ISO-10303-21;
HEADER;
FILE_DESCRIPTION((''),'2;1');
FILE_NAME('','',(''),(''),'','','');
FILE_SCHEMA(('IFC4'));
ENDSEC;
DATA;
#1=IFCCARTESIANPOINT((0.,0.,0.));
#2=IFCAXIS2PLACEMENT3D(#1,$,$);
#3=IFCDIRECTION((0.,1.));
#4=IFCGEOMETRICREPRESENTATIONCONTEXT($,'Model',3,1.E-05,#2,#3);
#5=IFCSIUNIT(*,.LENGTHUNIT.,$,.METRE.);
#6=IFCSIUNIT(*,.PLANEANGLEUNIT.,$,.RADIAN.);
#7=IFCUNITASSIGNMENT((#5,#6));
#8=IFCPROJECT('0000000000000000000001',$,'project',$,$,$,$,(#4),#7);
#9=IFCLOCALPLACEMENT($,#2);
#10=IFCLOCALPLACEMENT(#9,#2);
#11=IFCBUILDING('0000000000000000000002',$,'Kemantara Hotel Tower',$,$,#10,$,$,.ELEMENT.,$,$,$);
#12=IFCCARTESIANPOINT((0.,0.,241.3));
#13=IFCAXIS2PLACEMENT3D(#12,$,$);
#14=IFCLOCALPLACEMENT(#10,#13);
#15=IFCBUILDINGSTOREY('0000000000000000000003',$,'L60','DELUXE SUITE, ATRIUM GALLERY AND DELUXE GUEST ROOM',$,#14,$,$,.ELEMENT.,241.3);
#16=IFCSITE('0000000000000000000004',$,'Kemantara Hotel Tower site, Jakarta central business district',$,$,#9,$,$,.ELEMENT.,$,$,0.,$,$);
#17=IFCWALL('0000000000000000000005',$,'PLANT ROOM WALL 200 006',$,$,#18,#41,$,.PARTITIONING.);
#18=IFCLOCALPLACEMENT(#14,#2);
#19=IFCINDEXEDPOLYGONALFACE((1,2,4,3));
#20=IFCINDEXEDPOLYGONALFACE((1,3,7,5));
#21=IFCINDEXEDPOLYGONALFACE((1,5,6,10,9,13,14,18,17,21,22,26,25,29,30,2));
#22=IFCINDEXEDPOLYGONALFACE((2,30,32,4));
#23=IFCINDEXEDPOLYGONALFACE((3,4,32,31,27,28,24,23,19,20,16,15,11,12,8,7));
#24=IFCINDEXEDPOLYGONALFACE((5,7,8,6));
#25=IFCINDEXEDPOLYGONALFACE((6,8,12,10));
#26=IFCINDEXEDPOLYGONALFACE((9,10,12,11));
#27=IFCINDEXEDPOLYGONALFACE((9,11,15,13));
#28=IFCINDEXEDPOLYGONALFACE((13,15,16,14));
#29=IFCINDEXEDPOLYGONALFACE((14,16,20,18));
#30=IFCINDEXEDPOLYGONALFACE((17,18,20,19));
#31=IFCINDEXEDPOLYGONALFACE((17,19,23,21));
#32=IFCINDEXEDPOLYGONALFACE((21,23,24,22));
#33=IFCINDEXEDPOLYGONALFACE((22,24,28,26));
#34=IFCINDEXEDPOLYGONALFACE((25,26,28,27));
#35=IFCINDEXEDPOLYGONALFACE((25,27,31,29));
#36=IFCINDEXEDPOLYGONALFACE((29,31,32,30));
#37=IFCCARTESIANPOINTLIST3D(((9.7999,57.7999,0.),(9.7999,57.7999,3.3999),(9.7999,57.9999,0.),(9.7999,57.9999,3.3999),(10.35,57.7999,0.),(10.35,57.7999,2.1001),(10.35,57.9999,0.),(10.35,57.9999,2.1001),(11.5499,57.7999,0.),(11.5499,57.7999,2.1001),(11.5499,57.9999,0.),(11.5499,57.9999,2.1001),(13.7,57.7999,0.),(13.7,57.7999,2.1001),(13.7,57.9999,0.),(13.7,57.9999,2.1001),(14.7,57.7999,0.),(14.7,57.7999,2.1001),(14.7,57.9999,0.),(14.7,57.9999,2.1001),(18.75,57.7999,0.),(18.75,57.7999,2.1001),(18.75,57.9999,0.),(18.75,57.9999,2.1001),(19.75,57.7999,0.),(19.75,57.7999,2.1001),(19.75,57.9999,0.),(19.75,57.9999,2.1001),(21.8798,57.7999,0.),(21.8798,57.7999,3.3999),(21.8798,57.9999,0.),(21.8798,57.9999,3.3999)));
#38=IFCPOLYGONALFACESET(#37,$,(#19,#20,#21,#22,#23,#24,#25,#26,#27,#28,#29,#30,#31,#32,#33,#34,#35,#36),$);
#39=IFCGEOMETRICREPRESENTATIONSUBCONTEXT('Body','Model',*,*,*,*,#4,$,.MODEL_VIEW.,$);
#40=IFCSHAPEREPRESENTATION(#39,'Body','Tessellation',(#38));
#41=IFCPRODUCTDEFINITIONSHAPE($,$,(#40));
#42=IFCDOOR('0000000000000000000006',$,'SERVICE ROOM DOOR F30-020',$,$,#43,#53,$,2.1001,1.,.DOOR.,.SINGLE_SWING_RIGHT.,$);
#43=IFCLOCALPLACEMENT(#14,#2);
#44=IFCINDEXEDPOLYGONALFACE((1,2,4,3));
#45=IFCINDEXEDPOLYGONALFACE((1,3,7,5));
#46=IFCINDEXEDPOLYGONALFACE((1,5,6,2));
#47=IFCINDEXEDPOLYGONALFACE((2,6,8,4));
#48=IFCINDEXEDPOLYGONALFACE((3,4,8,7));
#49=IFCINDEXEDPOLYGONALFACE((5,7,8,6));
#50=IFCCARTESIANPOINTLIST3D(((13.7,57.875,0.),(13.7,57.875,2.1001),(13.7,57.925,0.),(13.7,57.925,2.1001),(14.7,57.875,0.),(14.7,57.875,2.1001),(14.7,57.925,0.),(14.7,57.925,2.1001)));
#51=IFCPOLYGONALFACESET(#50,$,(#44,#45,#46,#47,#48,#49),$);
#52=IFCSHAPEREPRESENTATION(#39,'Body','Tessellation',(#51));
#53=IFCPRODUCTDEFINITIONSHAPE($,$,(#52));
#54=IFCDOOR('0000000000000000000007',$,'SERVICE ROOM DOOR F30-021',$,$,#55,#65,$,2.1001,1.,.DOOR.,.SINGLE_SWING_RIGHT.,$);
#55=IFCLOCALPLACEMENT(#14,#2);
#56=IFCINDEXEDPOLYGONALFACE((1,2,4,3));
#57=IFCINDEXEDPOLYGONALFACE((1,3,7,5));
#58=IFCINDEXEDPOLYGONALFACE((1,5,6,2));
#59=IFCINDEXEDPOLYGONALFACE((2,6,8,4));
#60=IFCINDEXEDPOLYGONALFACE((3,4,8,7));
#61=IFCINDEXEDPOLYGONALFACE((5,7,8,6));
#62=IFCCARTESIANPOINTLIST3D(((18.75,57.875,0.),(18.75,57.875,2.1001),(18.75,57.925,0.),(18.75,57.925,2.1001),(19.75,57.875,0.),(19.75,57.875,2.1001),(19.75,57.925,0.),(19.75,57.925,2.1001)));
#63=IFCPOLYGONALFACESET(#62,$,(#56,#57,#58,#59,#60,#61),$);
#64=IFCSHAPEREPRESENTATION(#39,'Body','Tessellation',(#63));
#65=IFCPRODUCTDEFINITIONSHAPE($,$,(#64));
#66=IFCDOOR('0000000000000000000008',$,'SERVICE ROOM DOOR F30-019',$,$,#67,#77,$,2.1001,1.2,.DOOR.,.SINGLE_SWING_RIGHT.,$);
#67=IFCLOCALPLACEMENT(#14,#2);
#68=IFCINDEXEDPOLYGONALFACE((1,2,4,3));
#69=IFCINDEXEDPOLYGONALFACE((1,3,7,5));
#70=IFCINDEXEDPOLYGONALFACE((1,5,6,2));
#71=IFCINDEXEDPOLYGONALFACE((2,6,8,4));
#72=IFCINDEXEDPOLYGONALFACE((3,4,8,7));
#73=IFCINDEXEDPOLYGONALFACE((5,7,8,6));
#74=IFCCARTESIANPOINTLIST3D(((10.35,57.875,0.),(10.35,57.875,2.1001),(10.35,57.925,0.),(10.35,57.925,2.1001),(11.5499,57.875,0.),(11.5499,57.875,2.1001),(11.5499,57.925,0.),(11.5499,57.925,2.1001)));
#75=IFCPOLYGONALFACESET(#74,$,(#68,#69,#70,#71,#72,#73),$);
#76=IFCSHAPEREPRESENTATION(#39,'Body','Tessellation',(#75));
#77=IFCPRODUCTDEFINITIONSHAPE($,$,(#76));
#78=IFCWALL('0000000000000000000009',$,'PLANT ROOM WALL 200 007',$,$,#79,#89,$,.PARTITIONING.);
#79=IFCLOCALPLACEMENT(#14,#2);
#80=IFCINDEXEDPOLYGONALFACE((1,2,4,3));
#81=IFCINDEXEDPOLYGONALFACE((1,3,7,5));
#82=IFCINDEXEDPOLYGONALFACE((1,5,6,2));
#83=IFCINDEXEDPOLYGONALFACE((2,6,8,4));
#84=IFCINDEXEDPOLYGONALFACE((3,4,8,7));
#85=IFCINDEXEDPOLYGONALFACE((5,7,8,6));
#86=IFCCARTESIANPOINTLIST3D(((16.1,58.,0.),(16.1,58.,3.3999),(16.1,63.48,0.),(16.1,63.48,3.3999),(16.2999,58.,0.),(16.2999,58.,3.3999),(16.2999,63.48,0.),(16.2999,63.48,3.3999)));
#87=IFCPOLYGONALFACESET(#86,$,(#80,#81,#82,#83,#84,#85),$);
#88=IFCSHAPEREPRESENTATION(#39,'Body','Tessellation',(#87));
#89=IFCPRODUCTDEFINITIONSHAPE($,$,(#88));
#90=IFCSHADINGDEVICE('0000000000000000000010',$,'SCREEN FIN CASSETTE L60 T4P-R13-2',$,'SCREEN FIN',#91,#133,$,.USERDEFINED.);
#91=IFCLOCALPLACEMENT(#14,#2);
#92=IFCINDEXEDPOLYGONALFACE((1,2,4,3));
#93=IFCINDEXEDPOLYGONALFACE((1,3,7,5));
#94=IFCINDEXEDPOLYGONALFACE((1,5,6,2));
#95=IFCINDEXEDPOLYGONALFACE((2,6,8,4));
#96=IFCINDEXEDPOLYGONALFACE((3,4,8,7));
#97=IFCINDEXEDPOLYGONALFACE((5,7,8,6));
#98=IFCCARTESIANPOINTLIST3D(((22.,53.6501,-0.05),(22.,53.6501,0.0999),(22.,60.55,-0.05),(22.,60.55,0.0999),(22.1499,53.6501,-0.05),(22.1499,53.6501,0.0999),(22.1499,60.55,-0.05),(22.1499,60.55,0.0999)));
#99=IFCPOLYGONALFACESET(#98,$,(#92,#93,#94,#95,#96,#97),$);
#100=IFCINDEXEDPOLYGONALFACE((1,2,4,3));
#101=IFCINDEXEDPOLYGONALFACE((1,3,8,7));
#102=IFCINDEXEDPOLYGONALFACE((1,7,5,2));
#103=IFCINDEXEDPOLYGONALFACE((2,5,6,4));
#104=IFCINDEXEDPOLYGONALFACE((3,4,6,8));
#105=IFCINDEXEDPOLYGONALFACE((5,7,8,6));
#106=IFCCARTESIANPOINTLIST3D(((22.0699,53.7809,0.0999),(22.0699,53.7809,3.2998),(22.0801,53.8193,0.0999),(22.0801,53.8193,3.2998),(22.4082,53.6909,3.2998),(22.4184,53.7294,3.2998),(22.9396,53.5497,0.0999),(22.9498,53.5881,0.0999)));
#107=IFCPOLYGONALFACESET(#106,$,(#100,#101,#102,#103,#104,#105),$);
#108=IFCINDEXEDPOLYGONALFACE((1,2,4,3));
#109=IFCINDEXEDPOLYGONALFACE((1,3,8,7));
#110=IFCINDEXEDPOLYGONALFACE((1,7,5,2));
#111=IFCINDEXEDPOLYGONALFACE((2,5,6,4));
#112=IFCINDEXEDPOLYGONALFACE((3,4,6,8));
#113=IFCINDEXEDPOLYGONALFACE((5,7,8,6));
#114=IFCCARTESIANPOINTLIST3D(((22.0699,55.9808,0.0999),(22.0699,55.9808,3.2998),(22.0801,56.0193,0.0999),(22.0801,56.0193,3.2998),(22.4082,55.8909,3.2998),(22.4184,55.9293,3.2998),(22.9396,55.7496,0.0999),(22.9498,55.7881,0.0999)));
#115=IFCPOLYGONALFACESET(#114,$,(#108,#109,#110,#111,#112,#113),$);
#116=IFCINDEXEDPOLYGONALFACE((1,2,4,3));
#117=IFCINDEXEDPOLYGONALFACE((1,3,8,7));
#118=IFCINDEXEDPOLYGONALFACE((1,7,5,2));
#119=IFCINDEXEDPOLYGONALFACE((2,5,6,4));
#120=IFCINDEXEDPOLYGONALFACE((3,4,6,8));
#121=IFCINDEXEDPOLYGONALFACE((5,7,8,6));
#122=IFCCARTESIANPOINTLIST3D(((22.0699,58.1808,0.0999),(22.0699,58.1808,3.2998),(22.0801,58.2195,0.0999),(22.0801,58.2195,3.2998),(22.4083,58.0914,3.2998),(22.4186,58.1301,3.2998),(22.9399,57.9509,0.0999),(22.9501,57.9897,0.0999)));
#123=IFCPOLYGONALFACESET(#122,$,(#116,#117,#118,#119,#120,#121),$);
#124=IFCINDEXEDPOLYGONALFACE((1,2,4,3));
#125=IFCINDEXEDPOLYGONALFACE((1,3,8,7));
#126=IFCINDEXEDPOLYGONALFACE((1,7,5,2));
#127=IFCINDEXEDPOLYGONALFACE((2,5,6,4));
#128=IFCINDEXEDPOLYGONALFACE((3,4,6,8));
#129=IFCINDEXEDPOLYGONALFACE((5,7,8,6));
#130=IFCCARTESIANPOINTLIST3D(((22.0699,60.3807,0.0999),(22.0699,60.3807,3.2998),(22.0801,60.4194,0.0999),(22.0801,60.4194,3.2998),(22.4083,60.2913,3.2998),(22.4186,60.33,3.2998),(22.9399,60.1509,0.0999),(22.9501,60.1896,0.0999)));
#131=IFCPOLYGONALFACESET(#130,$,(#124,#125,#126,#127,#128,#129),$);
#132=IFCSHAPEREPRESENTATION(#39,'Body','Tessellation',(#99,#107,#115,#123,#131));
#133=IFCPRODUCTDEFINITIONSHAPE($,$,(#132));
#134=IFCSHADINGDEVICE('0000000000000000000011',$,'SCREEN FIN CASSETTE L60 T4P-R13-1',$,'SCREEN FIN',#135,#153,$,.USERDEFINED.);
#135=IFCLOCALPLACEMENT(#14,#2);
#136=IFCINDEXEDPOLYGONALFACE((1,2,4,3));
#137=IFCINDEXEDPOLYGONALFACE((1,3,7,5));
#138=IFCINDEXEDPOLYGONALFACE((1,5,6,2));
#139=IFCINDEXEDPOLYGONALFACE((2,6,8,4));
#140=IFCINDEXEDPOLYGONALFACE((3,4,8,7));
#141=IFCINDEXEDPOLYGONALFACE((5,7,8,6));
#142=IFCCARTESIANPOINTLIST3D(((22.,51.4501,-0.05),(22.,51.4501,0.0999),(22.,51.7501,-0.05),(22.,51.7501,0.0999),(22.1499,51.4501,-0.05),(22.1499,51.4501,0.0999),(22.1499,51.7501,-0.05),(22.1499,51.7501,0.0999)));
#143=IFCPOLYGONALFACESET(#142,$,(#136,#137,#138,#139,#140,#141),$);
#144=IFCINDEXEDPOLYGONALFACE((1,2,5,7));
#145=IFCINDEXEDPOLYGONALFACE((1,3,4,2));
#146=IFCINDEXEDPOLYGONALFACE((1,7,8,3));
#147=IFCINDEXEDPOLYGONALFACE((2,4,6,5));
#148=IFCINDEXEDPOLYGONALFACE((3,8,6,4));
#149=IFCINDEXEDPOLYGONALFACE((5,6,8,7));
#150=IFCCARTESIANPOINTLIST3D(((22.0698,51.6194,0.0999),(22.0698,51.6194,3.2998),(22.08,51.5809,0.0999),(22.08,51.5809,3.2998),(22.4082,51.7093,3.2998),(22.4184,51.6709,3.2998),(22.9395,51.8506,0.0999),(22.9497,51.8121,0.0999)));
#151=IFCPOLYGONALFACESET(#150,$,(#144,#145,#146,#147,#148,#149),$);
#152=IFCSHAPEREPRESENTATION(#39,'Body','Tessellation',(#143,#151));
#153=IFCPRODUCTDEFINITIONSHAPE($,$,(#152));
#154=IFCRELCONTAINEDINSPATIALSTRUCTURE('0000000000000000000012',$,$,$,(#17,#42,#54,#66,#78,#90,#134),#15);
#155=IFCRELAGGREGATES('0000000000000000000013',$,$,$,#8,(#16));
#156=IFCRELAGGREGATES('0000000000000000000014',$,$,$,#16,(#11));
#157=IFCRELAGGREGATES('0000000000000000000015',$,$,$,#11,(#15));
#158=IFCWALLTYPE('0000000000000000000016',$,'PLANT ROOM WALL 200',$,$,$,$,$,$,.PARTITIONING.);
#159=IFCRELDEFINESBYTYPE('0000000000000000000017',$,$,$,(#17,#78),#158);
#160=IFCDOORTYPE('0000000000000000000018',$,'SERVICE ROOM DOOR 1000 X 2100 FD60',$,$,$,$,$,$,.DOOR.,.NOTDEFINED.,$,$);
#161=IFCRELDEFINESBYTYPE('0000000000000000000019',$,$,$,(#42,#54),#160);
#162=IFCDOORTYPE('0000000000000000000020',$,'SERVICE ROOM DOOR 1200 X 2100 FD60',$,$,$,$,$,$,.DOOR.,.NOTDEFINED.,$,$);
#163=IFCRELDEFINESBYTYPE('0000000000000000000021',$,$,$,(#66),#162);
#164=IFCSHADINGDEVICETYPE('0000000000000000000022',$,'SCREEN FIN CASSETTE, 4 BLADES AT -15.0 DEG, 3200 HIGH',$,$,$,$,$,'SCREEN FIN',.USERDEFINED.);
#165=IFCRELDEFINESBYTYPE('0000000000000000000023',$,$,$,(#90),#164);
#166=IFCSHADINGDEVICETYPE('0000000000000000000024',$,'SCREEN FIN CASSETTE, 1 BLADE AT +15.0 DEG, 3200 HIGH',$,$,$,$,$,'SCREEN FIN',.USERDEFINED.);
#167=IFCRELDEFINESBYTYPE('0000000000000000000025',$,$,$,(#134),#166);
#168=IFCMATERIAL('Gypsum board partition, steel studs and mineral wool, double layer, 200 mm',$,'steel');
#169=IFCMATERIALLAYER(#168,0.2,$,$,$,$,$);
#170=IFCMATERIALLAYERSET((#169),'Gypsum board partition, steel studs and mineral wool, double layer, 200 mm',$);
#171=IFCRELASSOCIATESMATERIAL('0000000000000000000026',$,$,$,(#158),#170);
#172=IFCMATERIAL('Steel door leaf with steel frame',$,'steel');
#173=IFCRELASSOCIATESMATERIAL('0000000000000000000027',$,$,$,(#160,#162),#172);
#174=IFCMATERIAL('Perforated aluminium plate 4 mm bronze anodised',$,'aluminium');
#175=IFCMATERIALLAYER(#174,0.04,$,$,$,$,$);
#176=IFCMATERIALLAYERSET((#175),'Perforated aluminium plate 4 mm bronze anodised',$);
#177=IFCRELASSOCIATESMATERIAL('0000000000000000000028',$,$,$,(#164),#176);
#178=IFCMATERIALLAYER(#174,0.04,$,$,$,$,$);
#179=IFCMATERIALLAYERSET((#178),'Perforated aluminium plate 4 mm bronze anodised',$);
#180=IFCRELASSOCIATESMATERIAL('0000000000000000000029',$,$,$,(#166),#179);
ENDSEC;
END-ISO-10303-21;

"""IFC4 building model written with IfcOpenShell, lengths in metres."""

from ifc_helpers import new_model, si_unit, direction, frame, frame_2d, origin, origin_2d, place, context, subcontext, project, spatial, polyline, rectangle, outline, extrude, source, transform, mapped, material, layer, layer_set, type_object, element, fill, save


model = new_model("IFC4")

# Units and contexts
model_context = context("Model", 3, precision=1e-05, world=origin(), true_north=direction((0.0, 1.0)))
body_context = subcontext(model_context, "Body", "Model", "MODEL_VIEW")
ifc_project = project(units=[si_unit("LENGTHUNIT", "METRE"), si_unit("PLANEANGLEUNIT", "RADIAN")], contexts=[model_context])

# Site, building, storey
site_placement = place(None, origin())
site = spatial("IfcSite", under=ifc_project, at=site_placement, Name="Kemantara Hotel Tower site, Jakarta central business district", CompositionType="ELEMENT", RefElevation=0.0)
building_placement = place(site_placement, origin())
building = spatial("IfcBuilding", under=site, at=building_placement, Name="Kemantara Hotel Tower", CompositionType="ELEMENT")
storey_placement = place(building_placement, frame((0.0, 0.0, 241.3)))
storey = spatial("IfcBuildingStorey", under=building, at=storey_placement, Name="L60", Description="DELUXE SUITE, ATRIUM GALLERY AND DELUXE GUEST ROOM", CompositionType="ELEMENT", Elevation=241.3)

# Wall, openings, doors
ifc_material_1 = material(Name="Gypsum board partition, steel studs and mineral wool, double layer, 200 mm", Category="steel")
ifc_layer_1 = layer(ifc_material_1, 0.2)
ifc_layer_set_1 = layer_set([ifc_layer_1], Name="Gypsum board partition, steel studs and mineral wool, double layer, 200 mm")
wall_type = type_object("IfcWallType", Name="PLANT ROOM WALL 200", PredefinedType="PARTITIONING", material=ifc_layer_set_1)
wall_1_placement = place(storey_placement, frame((21.8799, 57.8999, 0.0), z_axis=(0.0, 0.0, 1.0), x_axis=(-1.0, 0.0, 0.0)))
wall_1 = element("IfcWall", 1, at=wall_1_placement, inside=storey, type_object=wall_type, Name="PLANT ROOM WALL 200 006", PredefinedType="PARTITIONING", context=body_context, shape_type="SweptSolid", body=[
    extrude(rectangle(XDim=12.0798, YDim=0.2, at=frame_2d((6.04, 0.0))), origin(), (0.0, 0.0, 1.0), 3.3999),
])
opening_1_placement = place(wall_1_placement, frame((10.3298, 0.0, 0.0)))
opening_1 = element("IfcOpeningElement", 2, at=opening_1_placement, cuts=wall_1, PredefinedType="OPENING", context=body_context, shape_type="SweptSolid", body=[
    extrude(rectangle(XDim=1.2, YDim=2.1001, at=frame_2d((0.6001, 1.05))), frame((0.0, 0.1099, 0.0), z_axis=(0.0, -1.0, 0.0), x_axis=(1.0, 0.0, 0.0)), (0.0, 0.0, 1.0), 0.22),
])
opening_2_placement = place(wall_1_placement, frame((7.1799, 0.0, 0.0)))
opening_2 = element("IfcOpeningElement", 3, at=opening_2_placement, cuts=wall_1, PredefinedType="OPENING", context=body_context, shape_type="SweptSolid", body=[
    extrude(rectangle(XDim=1.0, YDim=2.1001, at=frame_2d((0.5, 1.05))), frame((0.0, 0.1099, 0.0), z_axis=(0.0, -1.0, 0.0), x_axis=(1.0, 0.0, 0.0)), (0.0, 0.0, 1.0), 0.22),
])
opening_3_placement = place(wall_1_placement, frame((2.1299, 0.0, 0.0)))
opening_3 = element("IfcOpeningElement", 4, at=opening_3_placement, cuts=wall_1, PredefinedType="OPENING", context=body_context, shape_type="SweptSolid", body=[
    extrude(rectangle(XDim=1.0, YDim=2.1001, at=frame_2d((0.5, 1.05))), frame((0.0, 0.1099, 0.0), z_axis=(0.0, -1.0, 0.0), x_axis=(1.0, 0.0, 0.0)), (0.0, 0.0, 1.0), 0.22),
])
ifc_material_2 = material(Name="Steel door leaf with steel frame", Category="steel")
door_type_1 = type_object("IfcDoorType", Name="SERVICE ROOM DOOR 1000 X 2100 FD60", OperationType="NOTDEFINED", PredefinedType="DOOR", material=ifc_material_2)
door_1_placement = place(opening_2_placement, origin())
door_1 = element("IfcDoor", 5, at=door_1_placement, inside=storey, type_object=door_type_1, Name="SERVICE ROOM DOOR F30-020", OperationType="SINGLE_SWING_RIGHT", OverallHeight=2.1001, OverallWidth=1.0, PredefinedType="DOOR", context=body_context, shape_type="SweptSolid", body=[
    extrude(rectangle(XDim=1.0, YDim=2.1001, at=frame_2d((0.5, 1.05))), frame((0.0, 0.0249, 0.0), z_axis=(0.0, -1.0, 0.0), x_axis=(1.0, 0.0, 0.0)), (0.0, 0.0, 1.0), 0.05),
])
fill(opening_2, door_1)
door_2_placement = place(opening_3_placement, origin())
door_2 = element("IfcDoor", 6, at=door_2_placement, inside=storey, type_object=door_type_1, Name="SERVICE ROOM DOOR F30-021", OperationType="SINGLE_SWING_RIGHT", OverallHeight=2.1001, OverallWidth=1.0, PredefinedType="DOOR", context=body_context, shape_type="SweptSolid", body=[
    extrude(rectangle(XDim=1.0, YDim=2.1001, at=frame_2d((0.5, 1.05))), frame((0.0, 0.0249, 0.0), z_axis=(0.0, -1.0, 0.0), x_axis=(1.0, 0.0, 0.0)), (0.0, 0.0, 1.0), 0.05),
])
fill(opening_3, door_2)
door_type_2 = type_object("IfcDoorType", Name="SERVICE ROOM DOOR 1200 X 2100 FD60", OperationType="NOTDEFINED", PredefinedType="DOOR", material=ifc_material_2)
door_3_placement = place(opening_1_placement, origin())
door_3 = element("IfcDoor", 7, at=door_3_placement, inside=storey, type_object=door_type_2, Name="SERVICE ROOM DOOR F30-019", OperationType="SINGLE_SWING_RIGHT", OverallHeight=2.1001, OverallWidth=1.2, PredefinedType="DOOR", context=body_context, shape_type="SweptSolid", body=[
    extrude(rectangle(XDim=1.2, YDim=2.1001, at=frame_2d((0.6001, 1.05))), frame((0.0, 0.0249, 0.0), z_axis=(0.0, -1.0, 0.0), x_axis=(1.0, 0.0, 0.0)), (0.0, 0.0, 1.0), 0.05),
])
fill(opening_1, door_3)

# Wall
wall_2_placement = place(storey_placement, frame((16.2, 58.0, 0.0), z_axis=(0.0, 0.0, 1.0), x_axis=(0.0, 1.0, 0.0)))
element("IfcWall", 8, at=wall_2_placement, inside=storey, type_object=wall_type, Name="PLANT ROOM WALL 200 007", PredefinedType="PARTITIONING", context=body_context, shape_type="SweptSolid", body=[
    extrude(rectangle(XDim=5.48, YDim=0.2, at=frame_2d((2.74, 0.0))), origin(), (0.0, 0.0, 1.0), 3.3999),
])

# Shading devices
ifc_material_3 = material(Name="Perforated aluminium plate 4 mm bronze anodised", Category="aluminium")
ifc_layer_2 = layer(ifc_material_3, 0.04)
ifc_layer_set_2 = layer_set([ifc_layer_2], Name="Perforated aluminium plate 4 mm bronze anodised")
shading_device_type_1 = type_object("IfcShadingDeviceType", Name="SCREEN FIN CASSETTE, 4 BLADES AT -15.0 DEG, 3200 HIGH", ElementType="SCREEN FIN", PredefinedType="USERDEFINED", material=ifc_layer_set_2)
shared_shape_1 = source(origin(), body_context, "Body", "SweptSolid", [
    extrude(rectangle(XDim=6.8999, YDim=0.1499, at=origin_2d()), frame((3.3, -0.075, -0.1499), z_axis=(0.0, 0.0, 1.0), x_axis=(1.0, 0.0, 0.0)), (0.0, 0.0, 1.0), 0.1499),
    extrude(outline(polyline([(0.0, 0.0), (0.8999, 0.0), (0.3501, 3.2), (0.0, 3.2), (0.0, 0.0)])), frame((0.0193, -0.0801, 0.0), z_axis=(-0.966438, 0.256901, 0.0), x_axis=(-0.256901, -0.966438, 0.0)), (0.0, 0.0, 1.0), 0.0398),
    extrude(outline(polyline([(0.0, 0.0), (0.8999, 0.0), (0.3501, 3.2), (0.0, 3.2), (0.0, 0.0)])), frame((2.2192, -0.0801, 0.0), z_axis=(-0.966438, 0.256901, 0.0), x_axis=(-0.256901, -0.966438, 0.0)), (0.0, 0.0, 1.0), 0.0398),
    extrude(outline(polyline([(0.0, 0.0), (0.8999, 0.0), (0.3501, 3.2), (0.0, 3.2), (0.0, 0.0)])), frame((4.4194, -0.0801, 0.0), z_axis=(-0.966838, 0.255391, 0.0), x_axis=(-0.255391, -0.966838, 0.0)), (0.0, 0.0, 1.0), 0.04),
    extrude(outline(polyline([(0.0, 0.0), (0.8999, 0.0), (0.3501, 3.2), (0.0, 3.2), (0.0, 0.0)])), frame((6.6194, -0.0801, 0.0), z_axis=(-0.966838, 0.255391, 0.0), x_axis=(-0.255391, -0.966838, 0.0)), (0.0, 0.0, 1.0), 0.04),
])
shading_device_1_placement = place(storey_placement, frame((22.0, 53.8, 0.0999), z_axis=(0.0, 0.0, 1.0), x_axis=(0.0, 1.0, 0.0)))
element("IfcShadingDevice", 9, at=shading_device_1_placement, inside=storey, type_object=shading_device_type_1, Name="SCREEN FIN CASSETTE L60 T4P-R13-2", ObjectType="SCREEN FIN", PredefinedType="USERDEFINED", context=body_context, shape_type="MappedRepresentation", body=[
    mapped(shared_shape_1, transform((0.0, 0.0, 0.0))),
])
ifc_layer_3 = layer(ifc_material_3, 0.04)
ifc_layer_set_3 = layer_set([ifc_layer_3], Name="Perforated aluminium plate 4 mm bronze anodised")
shading_device_type_2 = type_object("IfcShadingDeviceType", Name="SCREEN FIN CASSETTE, 1 BLADE AT +15.0 DEG, 3200 HIGH", ElementType="SCREEN FIN", PredefinedType="USERDEFINED", material=ifc_layer_set_3)
shared_shape_2 = source(origin(), body_context, "Body", "SweptSolid", [
    extrude(rectangle(XDim=0.3, YDim=0.1499, at=origin_2d()), frame((0.0, -0.075, -0.1499), z_axis=(0.0, 0.0, 1.0), x_axis=(1.0, 0.0, 0.0)), (0.0, 0.0, 1.0), 0.1499),
    extrude(outline(polyline([(0.0, 0.0), (0.8999, 0.0), (0.3501, 3.2), (0.0, 3.2), (0.0, 0.0)])), frame((0.0193, -0.0698, 0.0), z_axis=(-0.966438, -0.256901, 0.0), x_axis=(0.256901, -0.966438, 0.0)), (0.0, 0.0, 1.0), 0.0398),
])
shading_device_2_placement = place(storey_placement, frame((22.0, 51.6001, 0.0999), z_axis=(0.0, 0.0, 1.0), x_axis=(0.0, 1.0, 0.0)))
element("IfcShadingDevice", 10, at=shading_device_2_placement, inside=storey, type_object=shading_device_type_2, Name="SCREEN FIN CASSETTE L60 T4P-R13-1", ObjectType="SCREEN FIN", PredefinedType="USERDEFINED", context=body_context, shape_type="MappedRepresentation", body=[
    mapped(shared_shape_2, transform((0.0, 0.0, 0.0))),
])

save(model, "model.ifc")
